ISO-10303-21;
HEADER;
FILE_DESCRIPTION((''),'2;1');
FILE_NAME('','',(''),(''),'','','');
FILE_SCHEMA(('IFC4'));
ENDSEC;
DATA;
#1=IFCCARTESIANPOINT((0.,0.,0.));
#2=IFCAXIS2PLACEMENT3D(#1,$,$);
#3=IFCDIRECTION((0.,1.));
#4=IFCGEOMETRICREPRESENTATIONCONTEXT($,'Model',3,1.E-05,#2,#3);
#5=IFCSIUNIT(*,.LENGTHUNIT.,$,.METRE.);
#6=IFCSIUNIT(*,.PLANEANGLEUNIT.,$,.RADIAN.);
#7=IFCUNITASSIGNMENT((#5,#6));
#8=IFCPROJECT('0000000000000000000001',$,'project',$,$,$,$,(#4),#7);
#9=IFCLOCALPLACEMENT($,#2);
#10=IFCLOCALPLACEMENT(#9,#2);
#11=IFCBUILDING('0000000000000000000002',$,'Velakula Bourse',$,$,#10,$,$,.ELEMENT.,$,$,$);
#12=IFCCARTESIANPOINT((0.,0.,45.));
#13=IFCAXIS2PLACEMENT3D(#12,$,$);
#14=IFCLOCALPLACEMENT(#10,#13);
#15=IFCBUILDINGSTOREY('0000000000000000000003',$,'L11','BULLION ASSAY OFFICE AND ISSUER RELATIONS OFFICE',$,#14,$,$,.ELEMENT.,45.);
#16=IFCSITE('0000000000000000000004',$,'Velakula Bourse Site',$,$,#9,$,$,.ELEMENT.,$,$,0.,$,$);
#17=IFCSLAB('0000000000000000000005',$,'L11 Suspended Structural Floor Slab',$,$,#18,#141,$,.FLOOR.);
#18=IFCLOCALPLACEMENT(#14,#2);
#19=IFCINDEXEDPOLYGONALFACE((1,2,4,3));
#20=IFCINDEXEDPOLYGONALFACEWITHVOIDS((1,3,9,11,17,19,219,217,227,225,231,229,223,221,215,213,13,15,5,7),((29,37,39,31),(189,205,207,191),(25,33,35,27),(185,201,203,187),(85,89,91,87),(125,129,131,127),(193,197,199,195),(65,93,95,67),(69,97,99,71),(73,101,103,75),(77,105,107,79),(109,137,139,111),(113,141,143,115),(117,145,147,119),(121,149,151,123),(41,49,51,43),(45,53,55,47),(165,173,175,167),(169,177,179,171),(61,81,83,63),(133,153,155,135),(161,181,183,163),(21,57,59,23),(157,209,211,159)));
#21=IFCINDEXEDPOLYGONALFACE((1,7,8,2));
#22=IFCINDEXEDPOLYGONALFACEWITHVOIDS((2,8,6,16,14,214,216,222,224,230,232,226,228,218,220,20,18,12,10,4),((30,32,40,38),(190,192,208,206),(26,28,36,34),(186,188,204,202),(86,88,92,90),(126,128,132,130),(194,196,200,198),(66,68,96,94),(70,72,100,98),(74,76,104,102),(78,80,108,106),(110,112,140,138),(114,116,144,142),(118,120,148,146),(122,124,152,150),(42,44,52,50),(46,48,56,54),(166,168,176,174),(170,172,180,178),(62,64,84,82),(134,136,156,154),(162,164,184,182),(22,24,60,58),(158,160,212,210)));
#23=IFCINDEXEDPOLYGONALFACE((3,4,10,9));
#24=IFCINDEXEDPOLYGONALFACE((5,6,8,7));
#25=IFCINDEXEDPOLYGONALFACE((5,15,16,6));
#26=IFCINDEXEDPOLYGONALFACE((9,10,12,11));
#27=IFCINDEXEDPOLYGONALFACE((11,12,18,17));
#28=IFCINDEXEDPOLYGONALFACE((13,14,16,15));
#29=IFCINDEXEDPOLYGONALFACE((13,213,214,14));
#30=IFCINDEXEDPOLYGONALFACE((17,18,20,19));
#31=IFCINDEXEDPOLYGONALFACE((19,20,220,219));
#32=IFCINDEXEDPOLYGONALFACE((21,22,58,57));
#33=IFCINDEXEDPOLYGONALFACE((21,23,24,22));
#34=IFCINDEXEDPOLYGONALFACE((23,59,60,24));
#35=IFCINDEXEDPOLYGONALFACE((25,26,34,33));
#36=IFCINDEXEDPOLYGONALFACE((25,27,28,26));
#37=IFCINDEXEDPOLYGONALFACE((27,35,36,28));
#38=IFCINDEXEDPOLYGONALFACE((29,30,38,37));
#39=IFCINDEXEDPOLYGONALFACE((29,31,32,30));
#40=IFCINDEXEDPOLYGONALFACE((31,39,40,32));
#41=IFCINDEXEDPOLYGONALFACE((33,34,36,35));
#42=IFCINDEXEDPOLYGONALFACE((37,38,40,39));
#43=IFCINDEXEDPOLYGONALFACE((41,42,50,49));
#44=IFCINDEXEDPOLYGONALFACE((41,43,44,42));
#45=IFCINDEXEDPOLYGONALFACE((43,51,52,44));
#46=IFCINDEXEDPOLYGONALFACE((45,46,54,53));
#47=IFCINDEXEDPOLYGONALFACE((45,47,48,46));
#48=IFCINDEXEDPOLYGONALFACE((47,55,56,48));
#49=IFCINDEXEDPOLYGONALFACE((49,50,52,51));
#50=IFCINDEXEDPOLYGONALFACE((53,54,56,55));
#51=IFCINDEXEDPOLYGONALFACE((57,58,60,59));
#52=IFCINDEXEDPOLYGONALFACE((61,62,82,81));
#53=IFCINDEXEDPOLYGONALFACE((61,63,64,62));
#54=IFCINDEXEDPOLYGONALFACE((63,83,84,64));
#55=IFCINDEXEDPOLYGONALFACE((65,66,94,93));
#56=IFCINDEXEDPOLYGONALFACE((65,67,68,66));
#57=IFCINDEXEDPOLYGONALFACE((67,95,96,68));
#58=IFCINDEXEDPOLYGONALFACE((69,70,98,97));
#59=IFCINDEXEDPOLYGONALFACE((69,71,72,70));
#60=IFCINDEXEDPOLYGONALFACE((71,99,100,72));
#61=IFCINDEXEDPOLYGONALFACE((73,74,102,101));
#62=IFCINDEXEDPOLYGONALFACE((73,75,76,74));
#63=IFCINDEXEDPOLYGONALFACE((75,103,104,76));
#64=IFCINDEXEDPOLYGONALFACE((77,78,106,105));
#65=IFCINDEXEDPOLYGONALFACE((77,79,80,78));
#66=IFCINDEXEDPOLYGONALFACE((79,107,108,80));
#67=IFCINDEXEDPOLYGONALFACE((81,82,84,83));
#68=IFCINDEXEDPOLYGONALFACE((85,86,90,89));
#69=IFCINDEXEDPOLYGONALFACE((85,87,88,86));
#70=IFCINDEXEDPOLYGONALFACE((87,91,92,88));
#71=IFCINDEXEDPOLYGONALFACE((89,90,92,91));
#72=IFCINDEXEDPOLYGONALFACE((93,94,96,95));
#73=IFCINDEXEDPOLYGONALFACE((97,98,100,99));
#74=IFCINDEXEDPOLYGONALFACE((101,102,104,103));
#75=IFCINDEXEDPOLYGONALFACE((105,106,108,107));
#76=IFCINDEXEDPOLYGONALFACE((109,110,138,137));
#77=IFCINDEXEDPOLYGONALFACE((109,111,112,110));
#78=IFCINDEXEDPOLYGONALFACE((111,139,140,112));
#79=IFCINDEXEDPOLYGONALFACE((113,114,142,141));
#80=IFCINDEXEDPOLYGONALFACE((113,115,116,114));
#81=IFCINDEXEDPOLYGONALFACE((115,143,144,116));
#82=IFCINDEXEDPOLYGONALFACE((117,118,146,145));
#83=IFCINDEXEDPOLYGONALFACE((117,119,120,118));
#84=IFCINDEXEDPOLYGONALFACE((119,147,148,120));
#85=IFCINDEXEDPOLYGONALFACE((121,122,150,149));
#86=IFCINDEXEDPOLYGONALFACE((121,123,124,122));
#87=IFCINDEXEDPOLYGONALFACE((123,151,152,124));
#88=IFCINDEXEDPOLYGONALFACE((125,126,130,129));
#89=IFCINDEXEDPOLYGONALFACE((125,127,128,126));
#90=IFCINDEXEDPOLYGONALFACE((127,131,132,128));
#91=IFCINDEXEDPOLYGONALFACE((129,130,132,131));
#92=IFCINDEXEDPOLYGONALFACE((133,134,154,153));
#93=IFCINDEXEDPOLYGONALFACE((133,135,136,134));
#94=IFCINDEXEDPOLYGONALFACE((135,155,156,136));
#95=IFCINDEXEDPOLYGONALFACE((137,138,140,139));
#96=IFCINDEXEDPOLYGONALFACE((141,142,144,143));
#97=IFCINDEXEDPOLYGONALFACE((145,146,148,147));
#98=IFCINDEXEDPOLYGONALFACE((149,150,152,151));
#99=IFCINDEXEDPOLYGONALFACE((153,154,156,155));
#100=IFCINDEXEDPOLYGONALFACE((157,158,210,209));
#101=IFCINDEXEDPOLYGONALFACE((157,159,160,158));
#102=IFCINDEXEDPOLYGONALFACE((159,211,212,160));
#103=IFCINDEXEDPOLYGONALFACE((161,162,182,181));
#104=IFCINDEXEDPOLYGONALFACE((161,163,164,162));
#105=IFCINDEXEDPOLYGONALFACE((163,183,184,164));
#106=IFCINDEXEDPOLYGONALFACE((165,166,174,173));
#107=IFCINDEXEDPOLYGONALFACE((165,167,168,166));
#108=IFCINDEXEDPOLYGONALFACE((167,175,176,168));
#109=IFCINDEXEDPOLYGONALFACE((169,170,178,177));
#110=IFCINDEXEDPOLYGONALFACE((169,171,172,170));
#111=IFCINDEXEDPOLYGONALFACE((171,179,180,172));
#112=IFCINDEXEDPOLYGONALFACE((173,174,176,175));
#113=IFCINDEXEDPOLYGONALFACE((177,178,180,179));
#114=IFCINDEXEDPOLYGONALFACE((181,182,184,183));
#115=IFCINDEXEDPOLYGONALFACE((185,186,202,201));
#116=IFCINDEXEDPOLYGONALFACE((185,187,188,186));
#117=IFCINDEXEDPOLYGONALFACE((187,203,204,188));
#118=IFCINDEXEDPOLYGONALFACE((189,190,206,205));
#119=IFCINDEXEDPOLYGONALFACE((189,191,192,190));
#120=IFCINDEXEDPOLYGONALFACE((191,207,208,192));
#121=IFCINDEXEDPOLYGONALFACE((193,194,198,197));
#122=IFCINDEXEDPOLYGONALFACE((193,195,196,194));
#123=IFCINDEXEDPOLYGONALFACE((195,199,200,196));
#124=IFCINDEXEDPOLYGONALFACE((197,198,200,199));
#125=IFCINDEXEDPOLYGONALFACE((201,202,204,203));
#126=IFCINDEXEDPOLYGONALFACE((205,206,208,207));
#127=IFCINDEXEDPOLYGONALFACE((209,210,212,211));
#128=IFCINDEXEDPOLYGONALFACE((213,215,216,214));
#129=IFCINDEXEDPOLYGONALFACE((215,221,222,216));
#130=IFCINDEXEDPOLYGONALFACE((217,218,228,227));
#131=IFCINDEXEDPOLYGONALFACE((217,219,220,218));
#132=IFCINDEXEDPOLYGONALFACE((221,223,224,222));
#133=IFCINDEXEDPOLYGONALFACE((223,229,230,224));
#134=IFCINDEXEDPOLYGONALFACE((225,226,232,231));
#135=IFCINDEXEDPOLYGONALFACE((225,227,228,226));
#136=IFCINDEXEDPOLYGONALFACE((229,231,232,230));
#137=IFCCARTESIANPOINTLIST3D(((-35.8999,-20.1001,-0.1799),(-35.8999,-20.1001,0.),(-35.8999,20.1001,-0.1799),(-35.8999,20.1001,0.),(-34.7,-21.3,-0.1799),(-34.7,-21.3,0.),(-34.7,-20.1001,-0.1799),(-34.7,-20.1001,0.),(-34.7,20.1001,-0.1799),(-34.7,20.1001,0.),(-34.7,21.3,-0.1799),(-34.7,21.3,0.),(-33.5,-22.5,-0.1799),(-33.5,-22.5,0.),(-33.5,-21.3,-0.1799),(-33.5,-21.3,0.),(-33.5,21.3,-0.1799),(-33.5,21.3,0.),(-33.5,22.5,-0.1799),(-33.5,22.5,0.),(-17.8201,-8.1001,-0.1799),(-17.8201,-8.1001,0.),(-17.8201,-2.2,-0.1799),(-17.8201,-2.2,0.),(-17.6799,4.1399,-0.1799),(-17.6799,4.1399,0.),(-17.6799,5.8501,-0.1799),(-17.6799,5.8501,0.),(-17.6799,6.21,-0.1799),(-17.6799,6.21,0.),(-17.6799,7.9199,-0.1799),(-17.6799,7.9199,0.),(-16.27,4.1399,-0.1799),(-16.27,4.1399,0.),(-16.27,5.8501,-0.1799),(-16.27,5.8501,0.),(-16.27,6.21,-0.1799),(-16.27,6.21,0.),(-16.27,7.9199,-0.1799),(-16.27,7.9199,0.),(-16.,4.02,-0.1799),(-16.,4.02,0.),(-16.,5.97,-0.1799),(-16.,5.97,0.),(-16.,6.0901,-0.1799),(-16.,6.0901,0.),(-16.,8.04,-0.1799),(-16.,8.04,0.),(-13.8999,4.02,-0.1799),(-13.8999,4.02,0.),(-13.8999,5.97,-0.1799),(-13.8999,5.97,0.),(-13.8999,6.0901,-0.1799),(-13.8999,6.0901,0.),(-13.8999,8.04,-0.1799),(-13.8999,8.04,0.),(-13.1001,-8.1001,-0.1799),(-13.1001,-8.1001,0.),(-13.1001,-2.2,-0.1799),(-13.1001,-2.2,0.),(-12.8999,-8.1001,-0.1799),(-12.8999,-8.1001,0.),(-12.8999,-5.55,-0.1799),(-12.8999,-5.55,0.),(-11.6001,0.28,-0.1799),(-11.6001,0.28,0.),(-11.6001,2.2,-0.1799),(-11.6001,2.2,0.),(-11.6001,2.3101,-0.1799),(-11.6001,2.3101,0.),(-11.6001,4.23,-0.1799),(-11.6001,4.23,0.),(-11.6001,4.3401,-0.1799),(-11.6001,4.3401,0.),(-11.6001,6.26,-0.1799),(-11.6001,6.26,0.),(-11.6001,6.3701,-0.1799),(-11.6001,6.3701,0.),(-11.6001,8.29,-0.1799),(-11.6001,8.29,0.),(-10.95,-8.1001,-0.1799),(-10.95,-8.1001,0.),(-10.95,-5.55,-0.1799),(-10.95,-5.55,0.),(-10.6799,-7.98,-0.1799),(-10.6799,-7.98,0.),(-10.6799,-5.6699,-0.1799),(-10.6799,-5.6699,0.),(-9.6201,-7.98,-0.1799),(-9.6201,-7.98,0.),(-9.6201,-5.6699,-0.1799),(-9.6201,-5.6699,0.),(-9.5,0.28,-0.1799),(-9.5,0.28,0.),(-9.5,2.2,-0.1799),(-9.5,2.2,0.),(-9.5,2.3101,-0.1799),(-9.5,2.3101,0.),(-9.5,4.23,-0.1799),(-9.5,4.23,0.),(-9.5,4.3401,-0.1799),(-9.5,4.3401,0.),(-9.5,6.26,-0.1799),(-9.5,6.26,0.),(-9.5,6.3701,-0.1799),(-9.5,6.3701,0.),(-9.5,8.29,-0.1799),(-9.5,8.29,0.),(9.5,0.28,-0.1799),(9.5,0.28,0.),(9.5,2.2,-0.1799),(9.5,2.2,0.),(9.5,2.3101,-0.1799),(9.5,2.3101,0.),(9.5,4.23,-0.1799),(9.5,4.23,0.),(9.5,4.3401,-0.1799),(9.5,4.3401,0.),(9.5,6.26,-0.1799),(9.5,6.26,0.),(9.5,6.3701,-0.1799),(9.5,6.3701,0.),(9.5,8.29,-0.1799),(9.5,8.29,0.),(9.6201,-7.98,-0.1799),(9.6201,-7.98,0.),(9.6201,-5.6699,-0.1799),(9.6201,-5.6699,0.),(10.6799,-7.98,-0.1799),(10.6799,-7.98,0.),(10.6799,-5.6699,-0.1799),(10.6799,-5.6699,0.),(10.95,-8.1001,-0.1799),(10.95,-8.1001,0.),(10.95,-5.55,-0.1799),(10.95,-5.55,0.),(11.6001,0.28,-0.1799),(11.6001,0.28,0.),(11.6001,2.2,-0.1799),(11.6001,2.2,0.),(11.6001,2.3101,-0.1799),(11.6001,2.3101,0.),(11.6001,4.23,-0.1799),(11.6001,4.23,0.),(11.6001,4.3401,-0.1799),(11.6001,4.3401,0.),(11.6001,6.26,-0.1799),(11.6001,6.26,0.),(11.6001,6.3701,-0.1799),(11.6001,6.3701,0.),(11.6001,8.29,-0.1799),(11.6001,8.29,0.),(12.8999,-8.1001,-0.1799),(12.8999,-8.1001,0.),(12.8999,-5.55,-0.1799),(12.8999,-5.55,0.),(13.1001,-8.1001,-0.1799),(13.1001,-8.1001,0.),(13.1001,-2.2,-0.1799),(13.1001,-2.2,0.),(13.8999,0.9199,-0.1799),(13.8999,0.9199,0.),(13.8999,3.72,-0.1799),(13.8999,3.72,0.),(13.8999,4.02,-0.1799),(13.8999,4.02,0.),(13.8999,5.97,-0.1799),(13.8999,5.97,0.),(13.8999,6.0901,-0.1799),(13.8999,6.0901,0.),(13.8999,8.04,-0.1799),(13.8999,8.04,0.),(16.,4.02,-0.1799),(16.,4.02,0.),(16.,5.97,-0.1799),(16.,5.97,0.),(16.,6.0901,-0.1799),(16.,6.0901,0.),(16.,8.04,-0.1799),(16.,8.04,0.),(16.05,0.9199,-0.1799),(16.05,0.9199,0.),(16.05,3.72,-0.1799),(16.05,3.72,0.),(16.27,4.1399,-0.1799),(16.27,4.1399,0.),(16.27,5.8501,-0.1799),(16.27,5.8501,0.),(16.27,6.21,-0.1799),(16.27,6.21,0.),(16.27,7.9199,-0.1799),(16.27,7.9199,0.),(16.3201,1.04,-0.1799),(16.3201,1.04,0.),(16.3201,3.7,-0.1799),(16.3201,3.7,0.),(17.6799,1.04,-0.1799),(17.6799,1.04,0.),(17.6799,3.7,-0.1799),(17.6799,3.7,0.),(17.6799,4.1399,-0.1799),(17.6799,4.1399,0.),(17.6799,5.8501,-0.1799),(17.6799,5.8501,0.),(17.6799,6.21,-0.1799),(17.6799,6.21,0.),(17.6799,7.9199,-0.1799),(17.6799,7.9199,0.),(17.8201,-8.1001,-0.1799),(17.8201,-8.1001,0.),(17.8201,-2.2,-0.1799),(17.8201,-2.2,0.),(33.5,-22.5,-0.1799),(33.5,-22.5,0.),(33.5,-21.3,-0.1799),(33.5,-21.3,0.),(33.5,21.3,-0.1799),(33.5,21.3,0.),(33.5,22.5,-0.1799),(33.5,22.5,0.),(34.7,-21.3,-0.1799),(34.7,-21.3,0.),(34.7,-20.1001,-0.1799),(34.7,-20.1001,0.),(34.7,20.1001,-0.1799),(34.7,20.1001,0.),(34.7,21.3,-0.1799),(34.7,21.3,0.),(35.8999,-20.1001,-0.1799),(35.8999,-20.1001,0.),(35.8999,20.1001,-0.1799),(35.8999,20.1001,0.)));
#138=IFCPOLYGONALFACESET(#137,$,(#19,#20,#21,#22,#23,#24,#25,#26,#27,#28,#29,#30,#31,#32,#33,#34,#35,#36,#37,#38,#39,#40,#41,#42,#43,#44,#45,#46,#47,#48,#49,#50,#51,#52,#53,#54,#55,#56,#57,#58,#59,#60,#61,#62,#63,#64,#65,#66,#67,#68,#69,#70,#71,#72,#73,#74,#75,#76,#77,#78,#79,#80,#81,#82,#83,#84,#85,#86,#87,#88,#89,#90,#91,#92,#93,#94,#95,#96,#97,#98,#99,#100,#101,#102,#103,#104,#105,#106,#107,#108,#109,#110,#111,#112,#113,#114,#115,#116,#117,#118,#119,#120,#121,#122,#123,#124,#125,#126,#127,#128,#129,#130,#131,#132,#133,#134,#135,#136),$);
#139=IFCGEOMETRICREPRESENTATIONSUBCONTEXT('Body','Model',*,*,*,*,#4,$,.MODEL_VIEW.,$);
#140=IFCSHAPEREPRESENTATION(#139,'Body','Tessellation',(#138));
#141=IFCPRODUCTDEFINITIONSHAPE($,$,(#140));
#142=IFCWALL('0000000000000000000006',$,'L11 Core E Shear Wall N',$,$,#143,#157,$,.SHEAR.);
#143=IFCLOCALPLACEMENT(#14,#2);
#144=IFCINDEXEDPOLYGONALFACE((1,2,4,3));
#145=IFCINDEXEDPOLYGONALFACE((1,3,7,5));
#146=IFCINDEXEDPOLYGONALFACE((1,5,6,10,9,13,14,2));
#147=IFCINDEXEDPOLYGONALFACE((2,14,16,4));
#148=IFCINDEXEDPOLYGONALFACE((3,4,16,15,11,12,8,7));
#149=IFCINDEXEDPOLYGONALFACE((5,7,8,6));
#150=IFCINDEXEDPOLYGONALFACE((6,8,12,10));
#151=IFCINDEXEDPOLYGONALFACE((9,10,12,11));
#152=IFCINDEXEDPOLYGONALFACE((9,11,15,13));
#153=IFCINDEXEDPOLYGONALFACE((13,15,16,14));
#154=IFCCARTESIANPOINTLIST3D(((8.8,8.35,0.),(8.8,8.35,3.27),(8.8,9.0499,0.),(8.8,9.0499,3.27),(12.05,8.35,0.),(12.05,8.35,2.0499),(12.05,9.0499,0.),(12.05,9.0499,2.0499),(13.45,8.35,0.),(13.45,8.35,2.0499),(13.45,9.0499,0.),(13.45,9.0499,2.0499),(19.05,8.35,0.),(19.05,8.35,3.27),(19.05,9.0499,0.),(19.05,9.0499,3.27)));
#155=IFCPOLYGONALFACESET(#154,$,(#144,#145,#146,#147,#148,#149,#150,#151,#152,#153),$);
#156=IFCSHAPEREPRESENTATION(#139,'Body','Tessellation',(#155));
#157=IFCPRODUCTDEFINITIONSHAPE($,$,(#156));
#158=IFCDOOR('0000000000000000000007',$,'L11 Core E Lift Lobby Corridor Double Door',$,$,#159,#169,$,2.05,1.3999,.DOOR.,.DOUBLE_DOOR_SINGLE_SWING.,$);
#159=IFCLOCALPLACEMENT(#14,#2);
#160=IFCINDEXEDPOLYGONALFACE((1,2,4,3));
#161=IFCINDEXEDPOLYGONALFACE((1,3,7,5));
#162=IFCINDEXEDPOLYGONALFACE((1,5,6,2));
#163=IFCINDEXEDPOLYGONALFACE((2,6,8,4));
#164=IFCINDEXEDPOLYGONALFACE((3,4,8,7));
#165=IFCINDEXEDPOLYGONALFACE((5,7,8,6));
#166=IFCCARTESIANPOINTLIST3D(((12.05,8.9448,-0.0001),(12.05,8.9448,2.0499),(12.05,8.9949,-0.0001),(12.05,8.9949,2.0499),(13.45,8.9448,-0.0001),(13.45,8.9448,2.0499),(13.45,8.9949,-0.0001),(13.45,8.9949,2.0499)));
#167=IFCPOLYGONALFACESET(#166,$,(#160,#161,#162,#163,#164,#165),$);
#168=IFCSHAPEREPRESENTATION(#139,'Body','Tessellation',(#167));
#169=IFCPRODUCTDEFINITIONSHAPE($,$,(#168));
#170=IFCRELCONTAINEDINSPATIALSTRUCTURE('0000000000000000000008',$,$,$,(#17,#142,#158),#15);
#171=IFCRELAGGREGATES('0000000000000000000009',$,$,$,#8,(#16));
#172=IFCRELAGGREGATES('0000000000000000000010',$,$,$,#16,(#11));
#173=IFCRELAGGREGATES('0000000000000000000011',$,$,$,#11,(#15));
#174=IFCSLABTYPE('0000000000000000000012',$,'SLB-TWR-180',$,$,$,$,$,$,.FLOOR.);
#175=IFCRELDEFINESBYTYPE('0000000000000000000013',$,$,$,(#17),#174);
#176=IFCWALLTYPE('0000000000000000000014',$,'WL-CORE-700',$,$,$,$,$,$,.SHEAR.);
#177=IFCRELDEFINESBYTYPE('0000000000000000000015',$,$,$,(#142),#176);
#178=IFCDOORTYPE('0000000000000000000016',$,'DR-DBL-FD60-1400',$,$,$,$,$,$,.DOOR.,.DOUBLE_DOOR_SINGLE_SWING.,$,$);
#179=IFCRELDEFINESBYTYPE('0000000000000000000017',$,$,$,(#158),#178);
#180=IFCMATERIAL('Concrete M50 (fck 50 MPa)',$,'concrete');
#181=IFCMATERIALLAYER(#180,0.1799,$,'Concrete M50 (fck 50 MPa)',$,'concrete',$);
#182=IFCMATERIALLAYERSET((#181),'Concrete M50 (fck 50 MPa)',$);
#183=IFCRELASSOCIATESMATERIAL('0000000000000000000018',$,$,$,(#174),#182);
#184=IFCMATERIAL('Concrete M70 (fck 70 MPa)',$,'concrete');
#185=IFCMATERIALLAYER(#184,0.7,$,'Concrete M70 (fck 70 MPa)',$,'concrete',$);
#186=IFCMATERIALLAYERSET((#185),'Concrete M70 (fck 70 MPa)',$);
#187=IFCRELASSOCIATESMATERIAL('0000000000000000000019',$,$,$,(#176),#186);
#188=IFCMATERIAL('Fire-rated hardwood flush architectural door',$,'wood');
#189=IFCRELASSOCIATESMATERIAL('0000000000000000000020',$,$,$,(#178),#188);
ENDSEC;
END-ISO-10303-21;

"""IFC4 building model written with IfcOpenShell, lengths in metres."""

from ifc_helpers import new_model, si_unit, direction, frame, frame_2d, origin, place, context, subcontext, project, spatial, polyline, rectangle, outline, extrude, material, layer, layer_set, type_object, element, fill, save


model = new_model("IFC4")

# Units and contexts
model_context = context("Model", 3, precision=1e-05, world=origin(), true_north=direction((0.0, 1.0)))
body_context = subcontext(model_context, "Body", "Model", "MODEL_VIEW")
ifc_project = project(units=[si_unit("LENGTHUNIT", "METRE"), si_unit("PLANEANGLEUNIT", "RADIAN")], contexts=[model_context])

# Site, building, storey
site_placement = place(None, origin())
site = spatial("IfcSite", under=ifc_project, at=site_placement, Name="Velakula Bourse Site", CompositionType="ELEMENT", RefElevation=0.0)
building_placement = place(site_placement, origin())
building = spatial("IfcBuilding", under=site, at=building_placement, Name="Velakula Bourse", CompositionType="ELEMENT")
storey_placement = place(building_placement, frame((0.0, 0.0, 45.0)))
storey = spatial("IfcBuildingStorey", under=building, at=storey_placement, Name="L11", Description="BULLION ASSAY OFFICE AND ISSUER RELATIONS OFFICE", CompositionType="ELEMENT", Elevation=45.0)

# Shared definitions
ifc_material_1 = material(Name="Concrete M70 (fck 70 MPa)", Category="concrete")

# Slab
ifc_material_2 = material(Name="Concrete M50 (fck 50 MPa)", Category="concrete")
ifc_layer_1 = layer(ifc_material_2, 0.1799, Name="Concrete M50 (fck 50 MPa)", Category="concrete")
ifc_layer_set_1 = layer_set([ifc_layer_1], Name="Concrete M50 (fck 50 MPa)")
slab_type_1 = type_object("IfcSlabType", Name="SLB-TWR-180", PredefinedType="FLOOR", material=ifc_layer_set_1)
slab_1_placement = place(storey_placement, frame((0.0, 0.0, -0.1799)))
element("IfcSlab", 1, at=slab_1_placement, inside=storey, type_object=slab_type_1, Name="L11 Suspended Structural Floor Slab", PredefinedType="FLOOR", context=body_context, shape_type="SweptSolid", body=[
    extrude(outline(polyline([(-33.5, -22.5), (33.5, -22.5), (33.5, -21.3), (34.7, -21.3), (34.7, -20.1001), (35.8999, -20.1001), (35.8999, 20.1001), (34.7, 20.1001), (34.7, 21.3), (33.5, 21.3), (33.5, 22.5), (-33.5, 22.5), (-33.5, 21.3), (-34.7, 21.3), (-34.7, 20.1001), (-35.8999, 20.1001), (-35.8999, -20.1001), (-34.7, -20.1001), (-34.7, -21.3), (-33.5, -21.3), (-33.5, -22.5)]), holes=[polyline([(-17.8201, -8.1001), (-13.1001, -8.1001), (-13.1001, -2.2), (-17.8201, -2.2), (-17.8201, -8.1001)]), polyline([(13.1001, -8.1001), (17.8201, -8.1001), (17.8201, -2.2), (13.1001, -2.2), (13.1001, -8.1001)]), polyline([(-12.8999, -8.1001), (-10.95, -8.1001), (-10.95, -5.55), (-12.8999, -5.55), (-12.8999, -8.1001)]), polyline([(10.95, -8.1001), (12.8999, -8.1001), (12.8999, -5.55), (10.95, -5.55), (10.95, -8.1001)]), polyline([(13.8999, 0.9199), (16.05, 0.9199), (16.05, 3.72), (13.8999, 3.72), (13.8999, 0.9199)]), polyline([(-10.6799, -7.98), (-9.6201, -7.98), (-9.6201, -5.6699), (-10.6799, -5.6699), (-10.6799, -7.98)]), polyline([(-17.6799, 4.1399), (-16.27, 4.1399), (-16.27, 5.8501), (-17.6799, 5.8501), (-17.6799, 4.1399)]), polyline([(-17.6799, 6.21), (-16.27, 6.21), (-16.27, 7.9199), (-17.6799, 7.9199), (-17.6799, 6.21)]), polyline([(9.6201, -7.98), (10.6799, -7.98), (10.6799, -5.6699), (9.6201, -5.6699), (9.6201, -7.98)]), polyline([(16.27, 4.1399), (17.6799, 4.1399), (17.6799, 5.8501), (16.27, 5.8501), (16.27, 4.1399)]), polyline([(16.27, 6.21), (17.6799, 6.21), (17.6799, 7.9199), (16.27, 7.9199), (16.27, 6.21)]), polyline([(16.3201, 1.04), (17.6799, 1.04), (17.6799, 3.7), (16.3201, 3.7), (16.3201, 1.04)]), polyline([(-11.6001, 0.28), (-9.5, 0.28), (-9.5, 2.2), (-11.6001, 2.2), (-11.6001, 0.28)]), polyline([(-11.6001, 2.3101), (-9.5, 2.3101), (-9.5, 4.23), (-11.6001, 4.23), (-11.6001, 2.3101)]), polyline([(-11.6001, 4.3401), (-9.5, 4.3401), (-9.5, 6.26), (-11.6001, 6.26), (-11.6001, 4.3401)]), polyline([(-11.6001, 6.3701), (-9.5, 6.3701), (-9.5, 8.29), (-11.6001, 8.29), (-11.6001, 6.3701)]), polyline([(9.5, 0.28), (11.6001, 0.28), (11.6001, 2.2), (9.5, 2.2), (9.5, 0.28)]), polyline([(9.5, 2.3101), (11.6001, 2.3101), (11.6001, 4.23), (9.5, 4.23), (9.5, 2.3101)]), polyline([(9.5, 4.3401), (11.6001, 4.3401), (11.6001, 6.26), (9.5, 6.26), (9.5, 4.3401)]), polyline([(9.5, 6.3701), (11.6001, 6.3701), (11.6001, 8.29), (9.5, 8.29), (9.5, 6.3701)]), polyline([(-16.0, 4.02), (-13.8999, 4.02), (-13.8999, 5.97), (-16.0, 5.97), (-16.0, 4.02)]), polyline([(-16.0, 6.0901), (-13.8999, 6.0901), (-13.8999, 8.04), (-16.0, 8.04), (-16.0, 6.0901)]), polyline([(13.8999, 4.02), (16.0, 4.02), (16.0, 5.97), (13.8999, 5.97), (13.8999, 4.02)]), polyline([(13.8999, 6.0901), (16.0, 6.0901), (16.0, 8.04), (13.8999, 8.04), (13.8999, 6.0901)])]), origin(), (0.0, 0.0, 1.0), 0.1799),
])

# Wall, opening, door
ifc_layer_2 = layer(ifc_material_1, 0.7, Name="Concrete M70 (fck 70 MPa)", Category="concrete")
ifc_layer_set_2 = layer_set([ifc_layer_2], Name="Concrete M70 (fck 70 MPa)")
wall_type_1 = type_object("IfcWallType", Name="WL-CORE-700", PredefinedType="SHEAR", material=ifc_layer_set_2)
wall_1_placement = place(storey_placement, frame((8.8, 8.7, 0.0), z_axis=(0.0, 0.0, 1.0), x_axis=(1.0, 0.0, 0.0)))
wall_1 = element("IfcWall", 2, at=wall_1_placement, inside=storey, type_object=wall_type_1, Name="L11 Core E Shear Wall N", PredefinedType="SHEAR", context=body_context, shape_type="SweptSolid", body=[
    extrude(rectangle(XDim=10.25, YDim=0.7, at=frame_2d((5.125, 0.0))), origin(), (0.0, 0.0, 1.0), 3.27),
])
opening_1_placement = place(wall_1_placement, frame((3.25, 0.0, 0.0)))
opening_1 = element("IfcOpeningElement", 3, at=opening_1_placement, cuts=wall_1, PredefinedType="OPENING", context=body_context, shape_type="SweptSolid", body=[
    extrude(rectangle(XDim=1.3999, YDim=2.05, at=frame_2d((0.7, 1.0249))), frame((0.0, 0.3599, 0.0), z_axis=(0.0, -1.0, 0.0), x_axis=(1.0, 0.0, 0.0)), (0.0, 0.0, 1.0), 0.72),
])
ifc_material_3 = material(Name="Fire-rated hardwood flush architectural door", Category="wood")
door_type = type_object("IfcDoorType", Name="DR-DBL-FD60-1400", OperationType="DOUBLE_DOOR_SINGLE_SWING", PredefinedType="DOOR", material=ifc_material_3)
door_placement = place(opening_1_placement, origin())
door = element("IfcDoor", 4, at=door_placement, inside=storey, type_object=door_type, Name="L11 Core E Lift Lobby Corridor Double Door", OperationType="DOUBLE_DOOR_SINGLE_SWING", OverallHeight=2.05, OverallWidth=1.3999, PredefinedType="DOOR", context=body_context, shape_type="SweptSolid", body=[
    extrude(rectangle(XDim=1.3999, YDim=2.05, at=frame_2d((0.7, 1.0249))), frame((0.0, 0.2949, 0.0), z_axis=(0.0, -1.0, 0.0), x_axis=(1.0, 0.0, 0.0)), (0.0, 0.0, 1.0), 0.05),
])
fill(opening_1, door)

save(model, "model.ifc")
